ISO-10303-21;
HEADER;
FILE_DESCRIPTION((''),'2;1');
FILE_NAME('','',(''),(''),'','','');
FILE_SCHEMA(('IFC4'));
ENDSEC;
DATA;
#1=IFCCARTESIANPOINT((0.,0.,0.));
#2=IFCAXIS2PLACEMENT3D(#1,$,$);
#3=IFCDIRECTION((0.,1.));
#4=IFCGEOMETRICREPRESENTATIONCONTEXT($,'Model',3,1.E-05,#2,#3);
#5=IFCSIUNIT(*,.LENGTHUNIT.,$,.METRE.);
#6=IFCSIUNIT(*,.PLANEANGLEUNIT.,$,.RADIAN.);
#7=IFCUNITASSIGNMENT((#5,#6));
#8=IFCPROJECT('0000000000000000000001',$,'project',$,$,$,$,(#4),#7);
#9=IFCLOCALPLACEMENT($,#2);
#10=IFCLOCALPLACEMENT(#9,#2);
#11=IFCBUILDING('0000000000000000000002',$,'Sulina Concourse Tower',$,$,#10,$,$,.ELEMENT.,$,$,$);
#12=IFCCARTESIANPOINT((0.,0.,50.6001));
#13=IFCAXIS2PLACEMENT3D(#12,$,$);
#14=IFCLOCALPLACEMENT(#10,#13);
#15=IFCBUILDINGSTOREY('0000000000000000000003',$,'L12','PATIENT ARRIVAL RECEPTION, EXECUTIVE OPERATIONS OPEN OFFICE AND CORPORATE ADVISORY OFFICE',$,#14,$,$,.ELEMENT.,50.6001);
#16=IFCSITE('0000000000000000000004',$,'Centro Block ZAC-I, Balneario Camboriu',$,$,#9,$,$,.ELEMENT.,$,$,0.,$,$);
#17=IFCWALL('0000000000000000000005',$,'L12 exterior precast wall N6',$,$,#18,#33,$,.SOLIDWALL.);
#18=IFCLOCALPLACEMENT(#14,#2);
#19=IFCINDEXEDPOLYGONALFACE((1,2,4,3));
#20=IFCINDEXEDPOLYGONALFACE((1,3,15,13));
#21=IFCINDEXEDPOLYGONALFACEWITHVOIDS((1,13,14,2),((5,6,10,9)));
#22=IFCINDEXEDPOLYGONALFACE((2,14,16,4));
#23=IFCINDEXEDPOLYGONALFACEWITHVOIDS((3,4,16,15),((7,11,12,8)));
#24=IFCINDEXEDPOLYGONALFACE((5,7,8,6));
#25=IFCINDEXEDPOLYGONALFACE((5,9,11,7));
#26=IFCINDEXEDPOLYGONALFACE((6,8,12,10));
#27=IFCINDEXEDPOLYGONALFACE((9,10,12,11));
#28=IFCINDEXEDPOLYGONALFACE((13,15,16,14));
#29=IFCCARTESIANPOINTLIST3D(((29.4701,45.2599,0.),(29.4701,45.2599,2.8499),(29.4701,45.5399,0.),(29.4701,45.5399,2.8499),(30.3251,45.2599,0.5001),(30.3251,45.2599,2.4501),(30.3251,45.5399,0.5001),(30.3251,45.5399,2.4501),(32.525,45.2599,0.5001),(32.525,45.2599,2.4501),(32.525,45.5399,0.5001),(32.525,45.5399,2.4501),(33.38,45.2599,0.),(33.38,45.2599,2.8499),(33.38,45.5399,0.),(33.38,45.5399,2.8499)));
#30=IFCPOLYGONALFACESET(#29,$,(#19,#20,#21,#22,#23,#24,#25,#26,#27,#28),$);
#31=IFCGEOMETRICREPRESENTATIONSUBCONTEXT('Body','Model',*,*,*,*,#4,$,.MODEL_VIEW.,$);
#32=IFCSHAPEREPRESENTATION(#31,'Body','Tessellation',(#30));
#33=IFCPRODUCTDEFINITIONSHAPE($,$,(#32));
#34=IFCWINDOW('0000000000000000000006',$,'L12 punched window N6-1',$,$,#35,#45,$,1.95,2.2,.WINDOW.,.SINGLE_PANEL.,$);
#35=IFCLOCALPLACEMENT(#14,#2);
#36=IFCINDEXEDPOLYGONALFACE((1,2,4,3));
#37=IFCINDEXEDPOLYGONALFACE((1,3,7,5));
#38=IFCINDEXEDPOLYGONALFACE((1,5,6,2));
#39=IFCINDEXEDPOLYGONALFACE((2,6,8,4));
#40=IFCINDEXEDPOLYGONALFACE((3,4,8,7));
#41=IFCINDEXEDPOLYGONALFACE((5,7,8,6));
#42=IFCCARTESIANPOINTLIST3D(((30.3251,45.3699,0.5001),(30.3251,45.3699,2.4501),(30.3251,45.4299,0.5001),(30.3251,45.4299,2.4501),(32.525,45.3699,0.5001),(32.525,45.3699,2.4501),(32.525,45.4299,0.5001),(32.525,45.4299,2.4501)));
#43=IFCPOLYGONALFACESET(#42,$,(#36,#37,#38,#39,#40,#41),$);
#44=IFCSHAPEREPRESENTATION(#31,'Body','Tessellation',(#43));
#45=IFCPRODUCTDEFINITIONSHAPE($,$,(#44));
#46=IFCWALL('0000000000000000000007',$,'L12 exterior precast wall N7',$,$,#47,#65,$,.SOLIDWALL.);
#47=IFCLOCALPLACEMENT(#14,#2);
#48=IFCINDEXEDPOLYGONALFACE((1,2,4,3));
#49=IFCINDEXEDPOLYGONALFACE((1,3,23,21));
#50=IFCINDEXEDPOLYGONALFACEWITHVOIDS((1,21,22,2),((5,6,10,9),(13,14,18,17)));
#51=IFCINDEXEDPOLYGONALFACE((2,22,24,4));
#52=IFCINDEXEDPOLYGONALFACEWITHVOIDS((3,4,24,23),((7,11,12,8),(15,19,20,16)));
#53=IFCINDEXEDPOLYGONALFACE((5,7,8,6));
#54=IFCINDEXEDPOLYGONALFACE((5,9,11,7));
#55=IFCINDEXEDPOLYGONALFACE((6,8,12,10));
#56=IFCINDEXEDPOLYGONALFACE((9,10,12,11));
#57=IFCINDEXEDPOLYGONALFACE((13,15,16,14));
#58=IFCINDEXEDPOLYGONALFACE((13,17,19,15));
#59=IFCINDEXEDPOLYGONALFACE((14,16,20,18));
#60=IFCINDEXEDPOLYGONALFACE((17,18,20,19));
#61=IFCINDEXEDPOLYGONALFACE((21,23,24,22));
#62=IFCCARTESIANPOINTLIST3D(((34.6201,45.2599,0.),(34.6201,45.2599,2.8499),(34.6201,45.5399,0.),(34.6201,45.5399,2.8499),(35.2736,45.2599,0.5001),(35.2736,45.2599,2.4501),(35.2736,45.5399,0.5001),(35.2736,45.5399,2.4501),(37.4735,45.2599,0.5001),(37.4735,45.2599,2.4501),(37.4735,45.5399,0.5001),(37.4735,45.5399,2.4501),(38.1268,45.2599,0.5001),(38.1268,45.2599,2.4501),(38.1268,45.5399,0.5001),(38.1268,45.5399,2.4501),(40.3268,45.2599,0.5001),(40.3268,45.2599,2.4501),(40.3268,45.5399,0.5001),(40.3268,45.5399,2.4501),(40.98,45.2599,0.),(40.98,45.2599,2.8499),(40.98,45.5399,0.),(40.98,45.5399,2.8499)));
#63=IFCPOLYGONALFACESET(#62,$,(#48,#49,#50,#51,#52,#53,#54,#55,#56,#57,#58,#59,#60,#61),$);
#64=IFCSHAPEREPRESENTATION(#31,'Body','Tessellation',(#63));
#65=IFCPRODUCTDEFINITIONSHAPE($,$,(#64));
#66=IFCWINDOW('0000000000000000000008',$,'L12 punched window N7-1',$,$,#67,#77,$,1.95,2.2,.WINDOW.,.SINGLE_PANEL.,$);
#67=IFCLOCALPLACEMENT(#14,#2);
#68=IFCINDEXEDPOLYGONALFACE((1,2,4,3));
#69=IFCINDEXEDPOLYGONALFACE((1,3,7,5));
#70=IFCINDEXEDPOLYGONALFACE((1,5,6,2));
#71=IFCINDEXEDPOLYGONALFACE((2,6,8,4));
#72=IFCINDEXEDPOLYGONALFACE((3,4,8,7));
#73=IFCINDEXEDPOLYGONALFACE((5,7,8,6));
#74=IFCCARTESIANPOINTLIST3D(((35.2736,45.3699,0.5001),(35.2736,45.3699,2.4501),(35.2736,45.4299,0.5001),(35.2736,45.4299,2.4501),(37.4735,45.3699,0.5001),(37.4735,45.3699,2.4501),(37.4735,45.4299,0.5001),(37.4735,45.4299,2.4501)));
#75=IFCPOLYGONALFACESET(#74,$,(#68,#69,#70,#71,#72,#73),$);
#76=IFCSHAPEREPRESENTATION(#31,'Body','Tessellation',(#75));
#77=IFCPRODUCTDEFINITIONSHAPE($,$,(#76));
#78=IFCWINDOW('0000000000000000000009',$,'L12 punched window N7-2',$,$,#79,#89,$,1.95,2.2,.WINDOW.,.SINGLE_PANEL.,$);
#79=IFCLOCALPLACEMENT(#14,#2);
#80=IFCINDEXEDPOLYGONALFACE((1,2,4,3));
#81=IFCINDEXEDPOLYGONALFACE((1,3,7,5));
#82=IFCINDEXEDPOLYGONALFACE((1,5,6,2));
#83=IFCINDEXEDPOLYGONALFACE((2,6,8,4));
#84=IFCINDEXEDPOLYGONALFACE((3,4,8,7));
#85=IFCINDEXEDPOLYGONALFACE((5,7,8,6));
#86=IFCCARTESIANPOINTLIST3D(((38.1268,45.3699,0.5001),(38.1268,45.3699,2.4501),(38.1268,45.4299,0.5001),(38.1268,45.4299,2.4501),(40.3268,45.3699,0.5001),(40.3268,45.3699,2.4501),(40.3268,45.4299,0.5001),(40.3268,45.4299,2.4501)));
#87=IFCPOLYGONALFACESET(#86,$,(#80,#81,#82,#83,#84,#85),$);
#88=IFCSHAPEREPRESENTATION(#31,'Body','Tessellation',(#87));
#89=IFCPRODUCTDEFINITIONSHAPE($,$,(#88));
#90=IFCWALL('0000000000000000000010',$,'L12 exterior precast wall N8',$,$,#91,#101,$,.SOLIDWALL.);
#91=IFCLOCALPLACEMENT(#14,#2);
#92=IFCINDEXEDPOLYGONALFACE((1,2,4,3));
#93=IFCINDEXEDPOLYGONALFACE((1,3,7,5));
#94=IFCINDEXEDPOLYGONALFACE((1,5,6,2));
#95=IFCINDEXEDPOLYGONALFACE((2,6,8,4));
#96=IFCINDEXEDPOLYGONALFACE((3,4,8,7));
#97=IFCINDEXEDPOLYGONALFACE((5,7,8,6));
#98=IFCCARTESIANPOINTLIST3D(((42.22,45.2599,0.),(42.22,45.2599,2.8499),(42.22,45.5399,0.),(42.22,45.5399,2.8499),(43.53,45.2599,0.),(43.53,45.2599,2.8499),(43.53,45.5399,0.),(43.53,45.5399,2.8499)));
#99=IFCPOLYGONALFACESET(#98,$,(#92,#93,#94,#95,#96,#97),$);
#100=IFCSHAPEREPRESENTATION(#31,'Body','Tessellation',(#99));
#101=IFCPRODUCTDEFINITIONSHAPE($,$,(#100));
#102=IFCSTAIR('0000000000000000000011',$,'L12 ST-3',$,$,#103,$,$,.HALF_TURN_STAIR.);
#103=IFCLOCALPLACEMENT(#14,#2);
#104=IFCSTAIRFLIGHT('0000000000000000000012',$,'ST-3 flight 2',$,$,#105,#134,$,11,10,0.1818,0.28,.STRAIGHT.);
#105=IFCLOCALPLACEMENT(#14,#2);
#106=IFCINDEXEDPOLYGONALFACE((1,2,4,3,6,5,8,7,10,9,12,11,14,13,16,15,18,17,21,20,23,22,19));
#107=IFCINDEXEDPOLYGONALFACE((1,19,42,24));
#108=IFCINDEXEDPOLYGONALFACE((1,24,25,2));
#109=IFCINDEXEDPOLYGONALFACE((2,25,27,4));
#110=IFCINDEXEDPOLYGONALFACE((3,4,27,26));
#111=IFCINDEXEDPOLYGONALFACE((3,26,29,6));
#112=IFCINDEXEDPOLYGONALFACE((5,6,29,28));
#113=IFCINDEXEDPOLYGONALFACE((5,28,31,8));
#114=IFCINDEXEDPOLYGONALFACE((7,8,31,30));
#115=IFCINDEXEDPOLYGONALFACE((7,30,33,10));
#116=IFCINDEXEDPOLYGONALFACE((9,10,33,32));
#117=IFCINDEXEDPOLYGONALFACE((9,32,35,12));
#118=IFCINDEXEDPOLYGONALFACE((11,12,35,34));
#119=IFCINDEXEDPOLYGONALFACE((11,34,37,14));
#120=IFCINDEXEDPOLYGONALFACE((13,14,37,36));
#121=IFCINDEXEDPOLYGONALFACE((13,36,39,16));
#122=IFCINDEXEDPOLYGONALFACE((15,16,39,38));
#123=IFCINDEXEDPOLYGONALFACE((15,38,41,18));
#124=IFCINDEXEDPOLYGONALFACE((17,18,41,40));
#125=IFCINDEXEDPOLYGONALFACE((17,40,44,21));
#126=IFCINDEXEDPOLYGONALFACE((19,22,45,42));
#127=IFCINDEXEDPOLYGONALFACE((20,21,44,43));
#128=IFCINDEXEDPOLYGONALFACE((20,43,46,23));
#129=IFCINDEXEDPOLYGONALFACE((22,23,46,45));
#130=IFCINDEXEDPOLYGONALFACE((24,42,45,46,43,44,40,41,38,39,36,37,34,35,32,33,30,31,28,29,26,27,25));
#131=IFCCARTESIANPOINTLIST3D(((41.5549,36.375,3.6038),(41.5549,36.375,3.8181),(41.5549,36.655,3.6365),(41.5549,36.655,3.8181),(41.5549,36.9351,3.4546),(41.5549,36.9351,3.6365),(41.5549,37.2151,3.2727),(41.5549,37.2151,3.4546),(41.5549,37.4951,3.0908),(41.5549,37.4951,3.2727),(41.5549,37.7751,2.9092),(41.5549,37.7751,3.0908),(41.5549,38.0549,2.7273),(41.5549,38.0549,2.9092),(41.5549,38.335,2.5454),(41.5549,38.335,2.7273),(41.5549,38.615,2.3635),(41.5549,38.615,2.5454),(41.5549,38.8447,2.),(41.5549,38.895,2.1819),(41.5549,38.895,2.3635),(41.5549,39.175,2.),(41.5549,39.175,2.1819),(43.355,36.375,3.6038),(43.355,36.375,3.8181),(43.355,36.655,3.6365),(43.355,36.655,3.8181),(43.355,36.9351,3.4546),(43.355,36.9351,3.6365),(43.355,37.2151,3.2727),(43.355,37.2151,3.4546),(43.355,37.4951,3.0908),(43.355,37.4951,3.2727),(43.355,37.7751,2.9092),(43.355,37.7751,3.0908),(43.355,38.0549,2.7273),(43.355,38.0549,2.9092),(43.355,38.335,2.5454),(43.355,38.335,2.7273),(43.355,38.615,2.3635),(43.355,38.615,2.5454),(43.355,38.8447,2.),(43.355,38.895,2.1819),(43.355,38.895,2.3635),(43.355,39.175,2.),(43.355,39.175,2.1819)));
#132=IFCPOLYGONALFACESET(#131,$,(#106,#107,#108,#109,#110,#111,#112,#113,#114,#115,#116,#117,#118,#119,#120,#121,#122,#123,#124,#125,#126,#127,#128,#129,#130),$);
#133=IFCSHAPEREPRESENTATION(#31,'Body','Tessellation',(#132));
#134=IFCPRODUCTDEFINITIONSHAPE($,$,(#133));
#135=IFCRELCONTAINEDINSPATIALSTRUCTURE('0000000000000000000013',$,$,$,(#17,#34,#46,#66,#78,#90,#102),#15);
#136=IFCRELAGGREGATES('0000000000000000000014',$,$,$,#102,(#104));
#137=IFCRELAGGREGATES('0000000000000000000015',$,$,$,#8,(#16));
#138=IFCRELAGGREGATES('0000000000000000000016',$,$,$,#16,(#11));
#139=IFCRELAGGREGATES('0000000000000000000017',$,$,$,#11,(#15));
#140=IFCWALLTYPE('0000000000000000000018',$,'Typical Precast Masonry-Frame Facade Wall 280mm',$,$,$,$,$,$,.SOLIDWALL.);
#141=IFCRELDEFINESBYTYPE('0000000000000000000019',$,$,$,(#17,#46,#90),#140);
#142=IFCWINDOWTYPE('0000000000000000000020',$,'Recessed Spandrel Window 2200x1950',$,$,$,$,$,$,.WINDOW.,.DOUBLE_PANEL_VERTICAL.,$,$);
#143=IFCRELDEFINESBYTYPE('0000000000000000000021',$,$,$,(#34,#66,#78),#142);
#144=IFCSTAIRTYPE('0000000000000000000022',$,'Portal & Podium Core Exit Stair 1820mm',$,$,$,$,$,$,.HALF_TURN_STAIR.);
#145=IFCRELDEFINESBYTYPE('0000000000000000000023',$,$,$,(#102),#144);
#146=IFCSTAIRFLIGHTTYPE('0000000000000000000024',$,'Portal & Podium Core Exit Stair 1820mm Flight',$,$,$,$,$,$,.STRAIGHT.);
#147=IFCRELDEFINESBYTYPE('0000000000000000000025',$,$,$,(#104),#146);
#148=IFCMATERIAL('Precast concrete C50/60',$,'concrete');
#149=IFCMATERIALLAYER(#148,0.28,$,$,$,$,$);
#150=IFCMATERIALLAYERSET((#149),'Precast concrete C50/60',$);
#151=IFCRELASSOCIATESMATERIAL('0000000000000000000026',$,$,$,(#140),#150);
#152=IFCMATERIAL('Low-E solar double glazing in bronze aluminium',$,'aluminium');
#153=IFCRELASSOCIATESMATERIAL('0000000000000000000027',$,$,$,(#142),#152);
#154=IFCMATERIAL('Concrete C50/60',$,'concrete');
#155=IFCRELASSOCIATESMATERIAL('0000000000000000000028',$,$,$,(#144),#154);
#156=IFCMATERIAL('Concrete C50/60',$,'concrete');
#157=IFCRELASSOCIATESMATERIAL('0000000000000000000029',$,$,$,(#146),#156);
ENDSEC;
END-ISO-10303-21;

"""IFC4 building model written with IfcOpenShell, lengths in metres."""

from ifc_helpers import new_model, si_unit, direction, frame, frame_2d, origin, place, context, subcontext, project, spatial, polyline, rectangle, outline, extrude, material, layer, layer_set, type_object, element, fill, aggregate, save


model = new_model("IFC4")

# Units and contexts
model_context = context("Model", 3, precision=1e-05, world=origin(), true_north=direction((0.0, 1.0)))
body_context = subcontext(model_context, "Body", "Model", "MODEL_VIEW")
ifc_project = project(units=[si_unit("LENGTHUNIT", "METRE"), si_unit("PLANEANGLEUNIT", "RADIAN")], contexts=[model_context])

# Site, building, storey
site_placement = place(None, origin())
site = spatial("IfcSite", under=ifc_project, at=site_placement, Name="Centro Block ZAC-I, Balneario Camboriu", CompositionType="ELEMENT", RefElevation=0.0)
building_placement = place(site_placement, origin())
building = spatial("IfcBuilding", under=site, at=building_placement, Name="Sulina Concourse Tower", CompositionType="ELEMENT")
storey_placement = place(building_placement, frame((0.0, 0.0, 50.6001)))
storey = spatial("IfcBuildingStorey", under=building, at=storey_placement, Name="L12", Description="PATIENT ARRIVAL RECEPTION, EXECUTIVE OPERATIONS OPEN OFFICE AND CORPORATE ADVISORY OFFICE", CompositionType="ELEMENT", Elevation=50.6001)

# Wall, opening, window
ifc_material_1 = material(Name="Precast concrete C50/60", Category="concrete")
ifc_layer_1 = layer(ifc_material_1, 0.28)
ifc_layer_set_1 = layer_set([ifc_layer_1], Name="Precast concrete C50/60")
wall_type_1 = type_object("IfcWallType", Name="Typical Precast Masonry-Frame Facade Wall 280mm", PredefinedType="SOLIDWALL", material=ifc_layer_set_1)
ifc_material_2 = material(Name="Low-E solar double glazing in bronze aluminium", Category="aluminium")
window_type = type_object("IfcWindowType", Name="Recessed Spandrel Window 2200x1950", PartitioningType="DOUBLE_PANEL_VERTICAL", PredefinedType="WINDOW", material=ifc_material_2)
wall_1_placement = place(storey_placement, frame((29.47, 45.3999, 0.0), z_axis=(0.0, 0.0, 1.0), x_axis=(1.0, 0.0, 0.0)))
wall_1 = element("IfcWall", 1, at=wall_1_placement, inside=storey, type_object=wall_type_1, Name="L12 exterior precast wall N6", PredefinedType="SOLIDWALL", context=body_context, shape_type="SweptSolid", body=[
    extrude(rectangle(XDim=3.9099, YDim=0.28, at=frame_2d((1.9551, 0.0))), origin(), (0.0, 0.0, 1.0), 2.8499),
])
opening_1_placement = place(wall_1_placement, frame((0.855, 0.0, 0.5)))
opening_1 = element("IfcOpeningElement", 2, at=opening_1_placement, cuts=wall_1, PredefinedType="OPENING", context=body_context, shape_type="SweptSolid", body=[
    extrude(rectangle(XDim=2.2, YDim=1.95, at=frame_2d((1.1001, 0.9751))), frame((0.0, 0.1499, 0.0), z_axis=(0.0, -1.0, 0.0), x_axis=(1.0, 0.0, 0.0)), (0.0, 0.0, 1.0), 0.3),
])
window_1_placement = place(opening_1_placement, origin())
window_1 = element("IfcWindow", 3, at=window_1_placement, inside=storey, type_object=window_type, Name="L12 punched window N6-1", OverallHeight=1.95, OverallWidth=2.2, PartitioningType="SINGLE_PANEL", PredefinedType="WINDOW", context=body_context, shape_type="SweptSolid", body=[
    extrude(rectangle(XDim=2.2, YDim=1.95, at=frame_2d((1.1001, 0.9751))), frame((0.0, 0.03, 0.0), z_axis=(0.0, -1.0, 0.0), x_axis=(1.0, 0.0, 0.0)), (0.0, 0.0, 1.0), 0.0601),
])
fill(opening_1, window_1)

# Wall, openings, windows
wall_2_placement = place(storey_placement, frame((34.6201, 45.3999, 0.0), z_axis=(0.0, 0.0, 1.0), x_axis=(1.0, 0.0, 0.0)))
wall_2 = element("IfcWall", 4, at=wall_2_placement, inside=storey, type_object=wall_type_1, Name="L12 exterior precast wall N7", PredefinedType="SOLIDWALL", context=body_context, shape_type="SweptSolid", body=[
    extrude(rectangle(XDim=6.3599, YDim=0.28, at=frame_2d((3.1799, 0.0))), origin(), (0.0, 0.0, 1.0), 2.8499),
])
opening_2_placement = place(wall_2_placement, frame((0.6533, 0.0, 0.5)))
opening_2 = element("IfcOpeningElement", 5, at=opening_2_placement, cuts=wall_2, PredefinedType="OPENING", context=body_context, shape_type="SweptSolid", body=[
    extrude(rectangle(XDim=2.2, YDim=1.95, at=frame_2d((1.1001, 0.9751))), frame((0.0, 0.1499, 0.0), z_axis=(0.0, -1.0, 0.0), x_axis=(1.0, 0.0, 0.0)), (0.0, 0.0, 1.0), 0.3),
])
opening_3_placement = place(wall_2_placement, frame((3.5066, 0.0, 0.5)))
opening_3 = element("IfcOpeningElement", 6, at=opening_3_placement, cuts=wall_2, PredefinedType="OPENING", context=body_context, shape_type="SweptSolid", body=[
    extrude(rectangle(XDim=2.2, YDim=1.95, at=frame_2d((1.1001, 0.9751))), frame((0.0, 0.1499, 0.0), z_axis=(0.0, -1.0, 0.0), x_axis=(1.0, 0.0, 0.0)), (0.0, 0.0, 1.0), 0.3),
])
window_2_placement = place(opening_2_placement, origin())
window_2 = element("IfcWindow", 7, at=window_2_placement, inside=storey, type_object=window_type, Name="L12 punched window N7-1", OverallHeight=1.95, OverallWidth=2.2, PartitioningType="SINGLE_PANEL", PredefinedType="WINDOW", context=body_context, shape_type="SweptSolid", body=[
    extrude(rectangle(XDim=2.2, YDim=1.95, at=frame_2d((1.1001, 0.9751))), frame((0.0, 0.03, 0.0), z_axis=(0.0, -1.0, 0.0), x_axis=(1.0, 0.0, 0.0)), (0.0, 0.0, 1.0), 0.0601),
])
fill(opening_2, window_2)
window_3_placement = place(opening_3_placement, origin())
window_3 = element("IfcWindow", 8, at=window_3_placement, inside=storey, type_object=window_type, Name="L12 punched window N7-2", OverallHeight=1.95, OverallWidth=2.2, PartitioningType="SINGLE_PANEL", PredefinedType="WINDOW", context=body_context, shape_type="SweptSolid", body=[
    extrude(rectangle(XDim=2.2, YDim=1.95, at=frame_2d((1.1001, 0.9751))), frame((0.0, 0.03, 0.0), z_axis=(0.0, -1.0, 0.0), x_axis=(1.0, 0.0, 0.0)), (0.0, 0.0, 1.0), 0.0601),
])
fill(opening_3, window_3)

# Wall
wall_3_placement = place(storey_placement, frame((42.22, 45.3999, 0.0), z_axis=(0.0, 0.0, 1.0), x_axis=(1.0, 0.0, 0.0)))
element("IfcWall", 9, at=wall_3_placement, inside=storey, type_object=wall_type_1, Name="L12 exterior precast wall N8", PredefinedType="SOLIDWALL", context=body_context, shape_type="SweptSolid", body=[
    extrude(rectangle(XDim=1.3101, YDim=0.28, at=frame_2d((0.655, 0.0))), origin(), (0.0, 0.0, 1.0), 2.8499),
])

# Stair, stair flight
ifc_material_3 = material(Name="Concrete C50/60", Category="concrete")
stair_type = type_object("IfcStairType", Name="Portal & Podium Core Exit Stair 1820mm", PredefinedType="HALF_TURN_STAIR", material=ifc_material_3)
stair_placement = place(storey_placement, origin())
stair = element("IfcStair", 10, at=stair_placement, inside=storey, type_object=stair_type, Name="L12 ST-3", PredefinedType="HALF_TURN_STAIR")
ifc_material_4 = material(Name="Concrete C50/60", Category="concrete")
stair_flight_type = type_object("IfcStairFlightType", Name="Portal & Podium Core Exit Stair 1820mm Flight", PredefinedType="STRAIGHT", material=ifc_material_4)
stair_flight_placement = place(storey_placement, frame((42.4551, 39.175, 2.0), z_axis=(0.0, 0.0, 1.0), x_axis=(0.0, -1.0, 0.0)))
stair_flight = element("IfcStairFlight", 11, at=stair_flight_placement, type_object=stair_flight_type, Name="ST-3 flight 2", NumberOfRisers=11, NumberOfTreads=10, PredefinedType="STRAIGHT", RiserHeight=0.1818, TreadLength=0.28, context=body_context, shape_type="SweptSolid", body=[
    extrude(outline(polyline([(0.0, 0.0), (0.0, 0.1819), (0.28, 0.1819), (0.28, 0.3635), (0.5601, 0.3635), (0.5601, 0.5454), (0.8401, 0.5454), (0.8401, 0.7273), (1.1201, 0.7273), (1.1201, 0.9092), (1.3999, 0.9092), (1.3999, 1.0908), (1.6799, 1.0908), (1.6799, 1.2727), (1.96, 1.2727), (1.96, 1.4546), (2.24, 1.4546), (2.24, 1.6365), (2.52, 1.6365), (2.52, 1.8181), (2.8, 1.8181), (2.8, 2.0), (2.8, 1.6038), (0.3303, 0.0), (0.0, 0.0)])), frame((0.0, 0.8999, 0.0), z_axis=(0.0, -1.0, 0.0), x_axis=(1.0, 0.0, 0.0)), (0.0, 0.0, 1.0), 1.8),
])
aggregate(stair, [stair_flight])

save(model, "model.ifc")
